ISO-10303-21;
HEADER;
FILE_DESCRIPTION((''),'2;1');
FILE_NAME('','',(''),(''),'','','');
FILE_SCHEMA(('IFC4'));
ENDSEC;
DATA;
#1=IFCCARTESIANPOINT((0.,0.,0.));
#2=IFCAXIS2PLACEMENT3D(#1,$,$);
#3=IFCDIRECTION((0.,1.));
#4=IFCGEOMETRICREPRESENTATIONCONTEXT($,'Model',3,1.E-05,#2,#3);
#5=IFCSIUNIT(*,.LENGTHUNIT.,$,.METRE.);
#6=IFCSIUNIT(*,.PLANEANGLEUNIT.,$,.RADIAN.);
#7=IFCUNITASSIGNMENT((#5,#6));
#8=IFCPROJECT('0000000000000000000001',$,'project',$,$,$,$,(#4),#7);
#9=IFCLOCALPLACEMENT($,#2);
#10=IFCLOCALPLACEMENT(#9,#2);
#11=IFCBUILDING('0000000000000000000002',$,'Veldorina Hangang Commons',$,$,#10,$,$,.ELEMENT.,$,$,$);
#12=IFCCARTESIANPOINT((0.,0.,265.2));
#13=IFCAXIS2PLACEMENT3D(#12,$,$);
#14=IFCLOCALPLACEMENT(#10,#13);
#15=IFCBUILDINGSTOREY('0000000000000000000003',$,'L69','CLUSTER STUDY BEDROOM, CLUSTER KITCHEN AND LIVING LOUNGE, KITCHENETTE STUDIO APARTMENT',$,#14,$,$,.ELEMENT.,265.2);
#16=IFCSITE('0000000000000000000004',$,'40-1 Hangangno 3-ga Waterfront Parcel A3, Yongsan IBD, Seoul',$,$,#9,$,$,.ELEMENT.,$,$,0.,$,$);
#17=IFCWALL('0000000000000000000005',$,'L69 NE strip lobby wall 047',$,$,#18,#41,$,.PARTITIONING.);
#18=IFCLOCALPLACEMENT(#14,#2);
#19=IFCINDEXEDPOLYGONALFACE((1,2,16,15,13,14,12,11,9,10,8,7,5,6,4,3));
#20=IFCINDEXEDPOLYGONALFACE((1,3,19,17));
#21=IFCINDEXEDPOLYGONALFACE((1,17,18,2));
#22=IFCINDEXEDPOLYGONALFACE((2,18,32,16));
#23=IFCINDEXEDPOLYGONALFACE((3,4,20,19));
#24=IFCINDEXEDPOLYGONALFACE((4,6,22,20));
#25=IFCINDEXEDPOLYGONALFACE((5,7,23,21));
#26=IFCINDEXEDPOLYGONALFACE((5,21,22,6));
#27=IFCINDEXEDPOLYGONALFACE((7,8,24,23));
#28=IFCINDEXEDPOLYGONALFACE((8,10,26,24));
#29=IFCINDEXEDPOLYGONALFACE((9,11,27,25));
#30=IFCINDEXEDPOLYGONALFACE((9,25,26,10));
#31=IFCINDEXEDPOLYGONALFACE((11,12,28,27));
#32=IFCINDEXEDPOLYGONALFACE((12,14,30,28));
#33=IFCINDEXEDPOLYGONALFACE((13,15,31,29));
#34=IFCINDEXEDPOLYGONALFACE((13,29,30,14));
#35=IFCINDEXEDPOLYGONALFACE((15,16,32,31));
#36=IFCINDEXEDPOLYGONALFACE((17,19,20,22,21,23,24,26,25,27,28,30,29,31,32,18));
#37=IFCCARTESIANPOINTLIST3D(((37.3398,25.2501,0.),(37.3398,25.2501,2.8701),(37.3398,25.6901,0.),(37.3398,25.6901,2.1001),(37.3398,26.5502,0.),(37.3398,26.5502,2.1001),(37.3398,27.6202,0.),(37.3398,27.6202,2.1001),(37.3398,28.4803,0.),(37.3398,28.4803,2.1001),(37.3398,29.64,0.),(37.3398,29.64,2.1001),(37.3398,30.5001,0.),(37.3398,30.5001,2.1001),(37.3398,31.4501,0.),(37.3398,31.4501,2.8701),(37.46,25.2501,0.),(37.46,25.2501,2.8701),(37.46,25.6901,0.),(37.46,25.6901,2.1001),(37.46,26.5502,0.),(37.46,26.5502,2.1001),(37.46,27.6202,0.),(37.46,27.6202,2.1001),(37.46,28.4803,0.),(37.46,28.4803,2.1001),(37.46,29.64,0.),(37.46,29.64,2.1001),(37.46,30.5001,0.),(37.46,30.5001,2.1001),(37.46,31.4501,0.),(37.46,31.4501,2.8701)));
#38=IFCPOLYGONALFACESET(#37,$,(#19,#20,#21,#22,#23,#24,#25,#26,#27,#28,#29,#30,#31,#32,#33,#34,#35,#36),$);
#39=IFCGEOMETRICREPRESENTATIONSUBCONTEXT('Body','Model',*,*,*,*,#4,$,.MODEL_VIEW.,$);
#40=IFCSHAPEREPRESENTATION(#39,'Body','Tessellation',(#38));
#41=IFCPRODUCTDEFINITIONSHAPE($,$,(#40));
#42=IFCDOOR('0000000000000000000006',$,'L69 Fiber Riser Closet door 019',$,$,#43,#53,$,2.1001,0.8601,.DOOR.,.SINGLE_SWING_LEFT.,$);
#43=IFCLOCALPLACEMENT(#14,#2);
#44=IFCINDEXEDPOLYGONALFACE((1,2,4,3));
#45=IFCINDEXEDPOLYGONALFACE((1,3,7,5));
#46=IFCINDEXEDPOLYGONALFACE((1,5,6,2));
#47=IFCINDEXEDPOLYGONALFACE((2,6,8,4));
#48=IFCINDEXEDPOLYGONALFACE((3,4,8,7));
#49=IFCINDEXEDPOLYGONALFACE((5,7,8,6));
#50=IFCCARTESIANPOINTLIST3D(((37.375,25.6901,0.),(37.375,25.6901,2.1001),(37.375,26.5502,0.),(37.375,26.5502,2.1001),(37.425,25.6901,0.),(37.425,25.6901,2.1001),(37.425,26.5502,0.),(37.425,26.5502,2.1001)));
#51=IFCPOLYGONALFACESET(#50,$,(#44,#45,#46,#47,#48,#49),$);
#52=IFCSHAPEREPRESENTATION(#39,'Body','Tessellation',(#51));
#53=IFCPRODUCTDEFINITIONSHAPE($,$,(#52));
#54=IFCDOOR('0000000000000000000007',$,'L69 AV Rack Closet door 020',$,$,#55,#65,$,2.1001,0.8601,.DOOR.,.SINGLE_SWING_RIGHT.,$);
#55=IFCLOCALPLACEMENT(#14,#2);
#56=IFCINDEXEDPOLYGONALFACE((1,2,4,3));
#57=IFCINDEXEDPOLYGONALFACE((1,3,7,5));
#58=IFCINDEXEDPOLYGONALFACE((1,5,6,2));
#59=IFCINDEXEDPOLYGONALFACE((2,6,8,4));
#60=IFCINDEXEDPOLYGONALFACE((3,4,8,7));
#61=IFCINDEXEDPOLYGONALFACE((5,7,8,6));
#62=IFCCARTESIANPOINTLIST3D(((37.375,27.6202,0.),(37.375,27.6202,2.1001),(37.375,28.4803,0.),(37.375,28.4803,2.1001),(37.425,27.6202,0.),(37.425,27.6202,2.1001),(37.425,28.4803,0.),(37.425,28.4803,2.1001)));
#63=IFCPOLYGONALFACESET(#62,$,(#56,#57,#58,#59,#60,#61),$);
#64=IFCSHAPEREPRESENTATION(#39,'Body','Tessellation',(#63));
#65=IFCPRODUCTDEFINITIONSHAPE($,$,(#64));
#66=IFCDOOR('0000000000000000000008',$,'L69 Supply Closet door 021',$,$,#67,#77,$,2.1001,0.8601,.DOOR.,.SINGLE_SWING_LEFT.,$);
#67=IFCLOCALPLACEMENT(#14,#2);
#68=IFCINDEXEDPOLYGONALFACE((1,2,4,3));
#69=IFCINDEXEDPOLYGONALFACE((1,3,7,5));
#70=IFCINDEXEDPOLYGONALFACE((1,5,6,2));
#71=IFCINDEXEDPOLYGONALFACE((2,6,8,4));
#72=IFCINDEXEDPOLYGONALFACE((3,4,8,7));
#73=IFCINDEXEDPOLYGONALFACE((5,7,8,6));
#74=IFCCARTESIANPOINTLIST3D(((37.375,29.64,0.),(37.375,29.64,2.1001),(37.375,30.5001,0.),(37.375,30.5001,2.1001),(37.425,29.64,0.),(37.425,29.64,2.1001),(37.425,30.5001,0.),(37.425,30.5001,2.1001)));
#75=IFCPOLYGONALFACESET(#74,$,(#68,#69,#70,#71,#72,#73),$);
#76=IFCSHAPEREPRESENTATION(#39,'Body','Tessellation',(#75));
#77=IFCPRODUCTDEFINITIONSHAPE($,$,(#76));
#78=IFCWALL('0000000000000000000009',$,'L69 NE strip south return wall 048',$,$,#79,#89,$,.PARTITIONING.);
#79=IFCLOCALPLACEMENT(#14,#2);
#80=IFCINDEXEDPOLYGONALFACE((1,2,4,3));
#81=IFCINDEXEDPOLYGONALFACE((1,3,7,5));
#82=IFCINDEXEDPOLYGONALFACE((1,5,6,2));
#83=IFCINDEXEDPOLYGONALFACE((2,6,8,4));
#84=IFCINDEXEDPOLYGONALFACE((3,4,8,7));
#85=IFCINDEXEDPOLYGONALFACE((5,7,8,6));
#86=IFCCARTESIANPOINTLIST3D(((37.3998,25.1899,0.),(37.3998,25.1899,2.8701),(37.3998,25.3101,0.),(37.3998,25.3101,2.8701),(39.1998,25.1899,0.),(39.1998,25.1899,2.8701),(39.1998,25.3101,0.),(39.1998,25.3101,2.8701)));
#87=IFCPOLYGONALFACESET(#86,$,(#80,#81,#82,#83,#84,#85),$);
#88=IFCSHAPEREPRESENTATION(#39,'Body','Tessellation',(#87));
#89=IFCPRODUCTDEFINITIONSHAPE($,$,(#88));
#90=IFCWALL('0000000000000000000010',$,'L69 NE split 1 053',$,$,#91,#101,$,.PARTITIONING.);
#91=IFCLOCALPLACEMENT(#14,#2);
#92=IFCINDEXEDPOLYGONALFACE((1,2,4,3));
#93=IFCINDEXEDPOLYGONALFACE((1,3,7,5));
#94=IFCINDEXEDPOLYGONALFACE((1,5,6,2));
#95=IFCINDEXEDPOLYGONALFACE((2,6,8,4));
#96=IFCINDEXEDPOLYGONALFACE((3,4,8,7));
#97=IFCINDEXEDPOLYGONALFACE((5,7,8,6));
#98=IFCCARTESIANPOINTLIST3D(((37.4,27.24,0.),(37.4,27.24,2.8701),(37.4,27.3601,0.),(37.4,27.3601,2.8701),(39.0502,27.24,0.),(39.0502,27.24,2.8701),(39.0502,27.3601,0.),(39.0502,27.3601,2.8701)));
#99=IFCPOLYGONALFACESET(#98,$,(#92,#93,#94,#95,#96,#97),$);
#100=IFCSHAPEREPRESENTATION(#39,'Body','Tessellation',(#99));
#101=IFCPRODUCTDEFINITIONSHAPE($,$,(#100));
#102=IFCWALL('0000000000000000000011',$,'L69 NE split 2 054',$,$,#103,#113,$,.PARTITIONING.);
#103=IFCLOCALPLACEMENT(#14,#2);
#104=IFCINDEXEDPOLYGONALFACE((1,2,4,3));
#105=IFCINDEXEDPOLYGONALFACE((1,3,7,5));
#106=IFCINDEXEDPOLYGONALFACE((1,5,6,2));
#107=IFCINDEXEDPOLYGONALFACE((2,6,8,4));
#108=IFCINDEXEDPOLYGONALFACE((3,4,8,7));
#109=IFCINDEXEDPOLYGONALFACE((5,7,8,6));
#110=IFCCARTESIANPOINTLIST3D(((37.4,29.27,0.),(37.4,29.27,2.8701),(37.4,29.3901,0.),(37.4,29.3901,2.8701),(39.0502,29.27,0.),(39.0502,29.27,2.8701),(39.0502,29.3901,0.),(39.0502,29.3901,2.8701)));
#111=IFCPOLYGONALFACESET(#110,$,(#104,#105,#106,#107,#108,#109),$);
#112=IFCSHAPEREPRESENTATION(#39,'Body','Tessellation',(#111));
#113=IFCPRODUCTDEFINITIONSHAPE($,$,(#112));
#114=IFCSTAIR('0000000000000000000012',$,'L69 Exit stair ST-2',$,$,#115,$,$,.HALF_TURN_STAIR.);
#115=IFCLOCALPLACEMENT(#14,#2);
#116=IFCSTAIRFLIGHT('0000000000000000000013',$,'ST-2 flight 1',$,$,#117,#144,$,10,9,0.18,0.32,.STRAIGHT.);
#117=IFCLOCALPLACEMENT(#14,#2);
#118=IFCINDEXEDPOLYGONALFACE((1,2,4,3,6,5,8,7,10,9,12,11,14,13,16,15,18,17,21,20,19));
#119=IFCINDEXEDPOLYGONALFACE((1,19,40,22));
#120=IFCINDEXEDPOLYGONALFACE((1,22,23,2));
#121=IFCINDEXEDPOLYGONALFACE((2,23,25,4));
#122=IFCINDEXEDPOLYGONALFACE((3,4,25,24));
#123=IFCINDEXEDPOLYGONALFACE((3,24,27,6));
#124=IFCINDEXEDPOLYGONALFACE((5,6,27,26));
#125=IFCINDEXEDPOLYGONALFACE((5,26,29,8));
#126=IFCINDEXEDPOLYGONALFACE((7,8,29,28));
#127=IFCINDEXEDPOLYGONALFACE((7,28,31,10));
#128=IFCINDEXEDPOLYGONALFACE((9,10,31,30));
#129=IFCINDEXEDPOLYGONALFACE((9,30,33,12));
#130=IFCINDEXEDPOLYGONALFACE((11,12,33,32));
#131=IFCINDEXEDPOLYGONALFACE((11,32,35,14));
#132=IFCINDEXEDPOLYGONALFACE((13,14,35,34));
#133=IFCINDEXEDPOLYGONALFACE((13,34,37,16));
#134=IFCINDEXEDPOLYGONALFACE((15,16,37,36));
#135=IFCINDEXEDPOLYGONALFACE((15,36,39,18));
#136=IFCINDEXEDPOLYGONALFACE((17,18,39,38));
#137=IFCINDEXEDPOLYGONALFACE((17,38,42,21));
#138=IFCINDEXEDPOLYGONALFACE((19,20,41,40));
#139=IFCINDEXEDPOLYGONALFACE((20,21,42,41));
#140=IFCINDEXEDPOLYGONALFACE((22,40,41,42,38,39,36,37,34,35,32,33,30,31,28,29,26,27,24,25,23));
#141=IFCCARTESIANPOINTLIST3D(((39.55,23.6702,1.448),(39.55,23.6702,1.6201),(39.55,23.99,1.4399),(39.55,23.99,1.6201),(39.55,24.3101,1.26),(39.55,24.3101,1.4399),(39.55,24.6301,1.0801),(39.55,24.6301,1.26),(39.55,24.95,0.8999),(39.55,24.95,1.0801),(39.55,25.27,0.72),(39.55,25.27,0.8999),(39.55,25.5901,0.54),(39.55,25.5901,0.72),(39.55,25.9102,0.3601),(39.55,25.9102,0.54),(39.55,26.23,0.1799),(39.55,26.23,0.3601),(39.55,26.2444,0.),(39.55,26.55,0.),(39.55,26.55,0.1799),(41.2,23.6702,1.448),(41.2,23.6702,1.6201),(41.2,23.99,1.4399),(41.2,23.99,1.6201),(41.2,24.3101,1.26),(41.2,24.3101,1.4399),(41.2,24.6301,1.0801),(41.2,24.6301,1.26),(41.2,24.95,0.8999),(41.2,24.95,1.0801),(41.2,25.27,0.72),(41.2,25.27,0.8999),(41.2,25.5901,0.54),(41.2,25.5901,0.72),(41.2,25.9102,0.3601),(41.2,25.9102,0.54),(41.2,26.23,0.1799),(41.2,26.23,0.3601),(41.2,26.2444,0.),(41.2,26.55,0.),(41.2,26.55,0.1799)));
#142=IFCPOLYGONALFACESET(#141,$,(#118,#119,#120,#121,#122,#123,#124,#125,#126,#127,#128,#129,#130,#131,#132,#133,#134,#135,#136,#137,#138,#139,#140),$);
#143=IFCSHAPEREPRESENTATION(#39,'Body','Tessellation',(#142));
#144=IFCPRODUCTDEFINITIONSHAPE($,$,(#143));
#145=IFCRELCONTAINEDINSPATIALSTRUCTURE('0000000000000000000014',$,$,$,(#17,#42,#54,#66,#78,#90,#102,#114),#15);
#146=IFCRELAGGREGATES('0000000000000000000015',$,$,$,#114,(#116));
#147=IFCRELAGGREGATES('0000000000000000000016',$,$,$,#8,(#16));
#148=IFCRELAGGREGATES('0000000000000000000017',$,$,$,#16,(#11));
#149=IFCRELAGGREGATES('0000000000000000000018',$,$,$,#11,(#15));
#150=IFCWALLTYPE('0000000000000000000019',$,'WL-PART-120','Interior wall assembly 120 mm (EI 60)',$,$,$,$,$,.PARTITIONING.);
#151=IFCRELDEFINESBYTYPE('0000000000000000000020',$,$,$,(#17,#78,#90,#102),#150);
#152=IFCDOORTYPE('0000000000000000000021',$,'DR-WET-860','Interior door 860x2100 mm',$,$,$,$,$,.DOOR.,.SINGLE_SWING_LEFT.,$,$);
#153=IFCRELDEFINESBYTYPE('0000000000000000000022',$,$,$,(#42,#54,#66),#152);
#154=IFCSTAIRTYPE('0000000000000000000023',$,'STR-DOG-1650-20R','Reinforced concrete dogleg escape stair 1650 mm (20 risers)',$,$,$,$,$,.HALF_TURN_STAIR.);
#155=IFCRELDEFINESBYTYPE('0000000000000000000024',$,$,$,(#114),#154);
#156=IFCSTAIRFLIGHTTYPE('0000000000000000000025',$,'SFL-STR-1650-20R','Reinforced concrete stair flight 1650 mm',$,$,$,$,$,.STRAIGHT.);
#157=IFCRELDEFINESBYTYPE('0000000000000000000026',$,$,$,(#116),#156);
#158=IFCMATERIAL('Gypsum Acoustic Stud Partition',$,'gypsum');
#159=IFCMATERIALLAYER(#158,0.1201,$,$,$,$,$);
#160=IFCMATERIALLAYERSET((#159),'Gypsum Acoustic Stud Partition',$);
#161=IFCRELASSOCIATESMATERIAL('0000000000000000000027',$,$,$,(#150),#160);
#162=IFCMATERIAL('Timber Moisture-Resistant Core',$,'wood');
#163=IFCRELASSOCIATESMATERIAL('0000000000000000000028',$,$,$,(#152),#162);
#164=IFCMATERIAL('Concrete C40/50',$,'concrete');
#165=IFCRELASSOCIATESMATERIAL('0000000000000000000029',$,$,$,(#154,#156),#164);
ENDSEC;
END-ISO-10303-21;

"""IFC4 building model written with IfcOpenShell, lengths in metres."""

from ifc_helpers import new_model, si_unit, direction, frame, frame_2d, origin, place, context, subcontext, project, spatial, polyline, rectangle, outline, extrude, material, layer, layer_set, type_object, element, fill, aggregate, save


model = new_model("IFC4")

# Units and contexts
model_context = context("Model", 3, precision=1e-05, world=origin(), true_north=direction((0.0, 1.0)))
body_context = subcontext(model_context, "Body", "Model", "MODEL_VIEW")
ifc_project = project(units=[si_unit("LENGTHUNIT", "METRE"), si_unit("PLANEANGLEUNIT", "RADIAN")], contexts=[model_context])

# Site, building, storey
site_placement = place(None, origin())
site = spatial("IfcSite", under=ifc_project, at=site_placement, Name="40-1 Hangangno 3-ga Waterfront Parcel A3, Yongsan IBD, Seoul", CompositionType="ELEMENT", RefElevation=0.0)
building_placement = place(site_placement, origin())
building = spatial("IfcBuilding", under=site, at=building_placement, Name="Veldorina Hangang Commons", CompositionType="ELEMENT")
storey_placement = place(building_placement, frame((0.0, 0.0, 265.2)))
storey = spatial("IfcBuildingStorey", under=building, at=storey_placement, Name="L69", Description="CLUSTER STUDY BEDROOM, CLUSTER KITCHEN AND LIVING LOUNGE, KITCHENETTE STUDIO APARTMENT", CompositionType="ELEMENT", Elevation=265.2)

# Shared definitions
ifc_material_1 = material(Name="Gypsum Acoustic Stud Partition", Category="gypsum")
ifc_layer_1 = layer(ifc_material_1, 0.1201)
ifc_layer_set_1 = layer_set([ifc_layer_1], Name="Gypsum Acoustic Stud Partition")
wall_type_1 = type_object("IfcWallType", Name="WL-PART-120", Description="Interior wall assembly 120 mm (EI 60)", PredefinedType="PARTITIONING", material=ifc_layer_set_1)

# Wall, openings, doors
wall_1_placement = place(storey_placement, frame((37.3999, 25.25, 0.0), z_axis=(0.0, 0.0, 1.0), x_axis=(0.0, 1.0, 0.0)))
wall_1 = element("IfcWall", 1, at=wall_1_placement, inside=storey, type_object=wall_type_1, Name="L69 NE strip lobby wall 047", PredefinedType="PARTITIONING", context=body_context, shape_type="SweptSolid", body=[
    extrude(rectangle(XDim=6.2, YDim=0.1201, at=frame_2d((3.1001, 0.0))), origin(), (0.0, 0.0, 1.0), 2.8701),
])
opening_1_placement = place(wall_1_placement, frame((0.4399, 0.0, 0.0)))
opening_1 = element("IfcOpeningElement", 2, at=opening_1_placement, cuts=wall_1, PredefinedType="OPENING", context=body_context, shape_type="SweptSolid", body=[
    extrude(rectangle(XDim=0.8601, YDim=2.1001, at=frame_2d((0.4302, 1.05))), frame((0.0, 0.0701, 0.0), z_axis=(0.0, -1.0, 0.0), x_axis=(1.0, 0.0, 0.0)), (0.0, 0.0, 1.0), 0.1401),
])
opening_2_placement = place(wall_1_placement, frame((2.3701, 0.0, 0.0)))
opening_2 = element("IfcOpeningElement", 3, at=opening_2_placement, cuts=wall_1, PredefinedType="OPENING", context=body_context, shape_type="SweptSolid", body=[
    extrude(rectangle(XDim=0.8601, YDim=2.1001, at=frame_2d((0.4302, 1.05))), frame((0.0, 0.0701, 0.0), z_axis=(0.0, -1.0, 0.0), x_axis=(1.0, 0.0, 0.0)), (0.0, 0.0, 1.0), 0.1401),
])
opening_3_placement = place(wall_1_placement, frame((4.3899, 0.0, 0.0)))
opening_3 = element("IfcOpeningElement", 4, at=opening_3_placement, cuts=wall_1, PredefinedType="OPENING", context=body_context, shape_type="SweptSolid", body=[
    extrude(rectangle(XDim=0.8601, YDim=2.1001, at=frame_2d((0.4302, 1.05))), frame((0.0, 0.0701, 0.0), z_axis=(0.0, -1.0, 0.0), x_axis=(1.0, 0.0, 0.0)), (0.0, 0.0, 1.0), 0.1401),
])
ifc_material_2 = material(Name="Timber Moisture-Resistant Core", Category="wood")
door_type_1 = type_object("IfcDoorType", Name="DR-WET-860", Description="Interior door 860x2100 mm", OperationType="SINGLE_SWING_LEFT", PredefinedType="DOOR", material=ifc_material_2)
door_1_placement = place(opening_1_placement, origin())
door_1 = element("IfcDoor", 5, at=door_1_placement, inside=storey, type_object=door_type_1, Name="L69 Fiber Riser Closet door 019", OperationType="SINGLE_SWING_LEFT", OverallHeight=2.1001, OverallWidth=0.8601, PredefinedType="DOOR", context=body_context, shape_type="SweptSolid", body=[
    extrude(rectangle(XDim=0.8601, YDim=2.1001, at=frame_2d((0.4302, 1.05))), frame((0.0, 0.0249, 0.0), z_axis=(0.0, -1.0, 0.0), x_axis=(1.0, 0.0, 0.0)), (0.0, 0.0, 1.0), 0.05),
])
fill(opening_1, door_1)
door_2_placement = place(opening_2_placement, origin())
door_2 = element("IfcDoor", 6, at=door_2_placement, inside=storey, type_object=door_type_1, Name="L69 AV Rack Closet door 020", OperationType="SINGLE_SWING_RIGHT", OverallHeight=2.1001, OverallWidth=0.8601, PredefinedType="DOOR", context=body_context, shape_type="SweptSolid", body=[
    extrude(rectangle(XDim=0.8601, YDim=2.1001, at=frame_2d((0.4302, 1.05))), frame((0.0, 0.0249, 0.0), z_axis=(0.0, -1.0, 0.0), x_axis=(1.0, 0.0, 0.0)), (0.0, 0.0, 1.0), 0.05),
])
fill(opening_2, door_2)
door_3_placement = place(opening_3_placement, origin())
door_3 = element("IfcDoor", 7, at=door_3_placement, inside=storey, type_object=door_type_1, Name="L69 Supply Closet door 021", OperationType="SINGLE_SWING_LEFT", OverallHeight=2.1001, OverallWidth=0.8601, PredefinedType="DOOR", context=body_context, shape_type="SweptSolid", body=[
    extrude(rectangle(XDim=0.8601, YDim=2.1001, at=frame_2d((0.4302, 1.05))), frame((0.0, 0.0249, 0.0), z_axis=(0.0, -1.0, 0.0), x_axis=(1.0, 0.0, 0.0)), (0.0, 0.0, 1.0), 0.05),
])
fill(opening_3, door_3)

# Walls
wall_2_placement = place(storey_placement, frame((37.3999, 25.25, 0.0), z_axis=(0.0, 0.0, 1.0), x_axis=(1.0, 0.0, 0.0)))
element("IfcWall", 8, at=wall_2_placement, inside=storey, type_object=wall_type_1, Name="L69 NE strip south return wall 048", PredefinedType="PARTITIONING", context=body_context, shape_type="SweptSolid", body=[
    extrude(rectangle(XDim=1.8, YDim=0.1201, at=frame_2d((0.8999, 0.0))), origin(), (0.0, 0.0, 1.0), 2.8701),
])
for number, where, z_axis, x_axis, name in (
    (9, (37.3999, 27.3, 0.0), (0.0, 0.0, 1.0), (1.0, 0.0, 0.0), "L69 NE split 1 053"),
    (10, (37.3999, 29.3301, 0.0), (0.0, 0.0, 1.0), (1.0, 0.0, 0.0), "L69 NE split 2 054"),
):
    element("IfcWall", number, at=place(storey_placement, frame(where, z_axis=z_axis, x_axis=x_axis)), inside=storey, type_object=wall_type_1, Name=name, PredefinedType="PARTITIONING", context=body_context, shape_type="SweptSolid", body=[
        extrude(rectangle(XDim=1.6501, YDim=0.1201, at=frame_2d((0.8252, 0.0))), origin(), (0.0, 0.0, 1.0), 2.8701),
    ])

# Stair, stair flight
ifc_material_3 = material(Name="Concrete C40/50", Category="concrete")
stair_type = type_object("IfcStairType", Name="STR-DOG-1650-20R", Description="Reinforced concrete dogleg escape stair 1650 mm (20 risers)", PredefinedType="HALF_TURN_STAIR", material=ifc_material_3)
stair_placement = place(storey_placement, origin())
stair = element("IfcStair", 11, at=stair_placement, inside=storey, type_object=stair_type, Name="L69 Exit stair ST-2", PredefinedType="HALF_TURN_STAIR")
stair_flight_type = type_object("IfcStairFlightType", Name="SFL-STR-1650-20R", Description="Reinforced concrete stair flight 1650 mm", PredefinedType="STRAIGHT", material=ifc_material_3)
stair_flight_placement = place(storey_placement, frame((40.375, 26.55, 0.0), z_axis=(0.0, 0.0, 1.0), x_axis=(0.0, -1.0, 0.0)))
stair_flight = element("IfcStairFlight", 12, at=stair_flight_placement, type_object=stair_flight_type, Name="ST-2 flight 1", NumberOfRisers=10, NumberOfTreads=9, PredefinedType="STRAIGHT", RiserHeight=0.18, TreadLength=0.32, context=body_context, shape_type="SweptSolid", body=[
    extrude(outline(polyline([(0.0, 0.0), (0.0, 0.1799), (0.3201, 0.1799), (0.3201, 0.3601), (0.6399, 0.3601), (0.6399, 0.54), (0.96, 0.54), (0.96, 0.72), (1.28, 0.72), (1.28, 0.8999), (1.6001, 0.8999), (1.6001, 1.0801), (1.9199, 1.0801), (1.9199, 1.26), (2.24, 1.26), (2.24, 1.4399), (2.5601, 1.4399), (2.5601, 1.6201), (2.8799, 1.6201), (2.8799, 1.8), (2.8799, 1.448), (0.3057, 0.0), (0.0, 0.0)])), frame((0.0, 0.825, 0.0), z_axis=(0.0, -1.0, 0.0), x_axis=(1.0, 0.0, 0.0)), (0.0, 0.0, 1.0), 1.6499),
])
aggregate(stair, [stair_flight])

save(model, "model.ifc")
